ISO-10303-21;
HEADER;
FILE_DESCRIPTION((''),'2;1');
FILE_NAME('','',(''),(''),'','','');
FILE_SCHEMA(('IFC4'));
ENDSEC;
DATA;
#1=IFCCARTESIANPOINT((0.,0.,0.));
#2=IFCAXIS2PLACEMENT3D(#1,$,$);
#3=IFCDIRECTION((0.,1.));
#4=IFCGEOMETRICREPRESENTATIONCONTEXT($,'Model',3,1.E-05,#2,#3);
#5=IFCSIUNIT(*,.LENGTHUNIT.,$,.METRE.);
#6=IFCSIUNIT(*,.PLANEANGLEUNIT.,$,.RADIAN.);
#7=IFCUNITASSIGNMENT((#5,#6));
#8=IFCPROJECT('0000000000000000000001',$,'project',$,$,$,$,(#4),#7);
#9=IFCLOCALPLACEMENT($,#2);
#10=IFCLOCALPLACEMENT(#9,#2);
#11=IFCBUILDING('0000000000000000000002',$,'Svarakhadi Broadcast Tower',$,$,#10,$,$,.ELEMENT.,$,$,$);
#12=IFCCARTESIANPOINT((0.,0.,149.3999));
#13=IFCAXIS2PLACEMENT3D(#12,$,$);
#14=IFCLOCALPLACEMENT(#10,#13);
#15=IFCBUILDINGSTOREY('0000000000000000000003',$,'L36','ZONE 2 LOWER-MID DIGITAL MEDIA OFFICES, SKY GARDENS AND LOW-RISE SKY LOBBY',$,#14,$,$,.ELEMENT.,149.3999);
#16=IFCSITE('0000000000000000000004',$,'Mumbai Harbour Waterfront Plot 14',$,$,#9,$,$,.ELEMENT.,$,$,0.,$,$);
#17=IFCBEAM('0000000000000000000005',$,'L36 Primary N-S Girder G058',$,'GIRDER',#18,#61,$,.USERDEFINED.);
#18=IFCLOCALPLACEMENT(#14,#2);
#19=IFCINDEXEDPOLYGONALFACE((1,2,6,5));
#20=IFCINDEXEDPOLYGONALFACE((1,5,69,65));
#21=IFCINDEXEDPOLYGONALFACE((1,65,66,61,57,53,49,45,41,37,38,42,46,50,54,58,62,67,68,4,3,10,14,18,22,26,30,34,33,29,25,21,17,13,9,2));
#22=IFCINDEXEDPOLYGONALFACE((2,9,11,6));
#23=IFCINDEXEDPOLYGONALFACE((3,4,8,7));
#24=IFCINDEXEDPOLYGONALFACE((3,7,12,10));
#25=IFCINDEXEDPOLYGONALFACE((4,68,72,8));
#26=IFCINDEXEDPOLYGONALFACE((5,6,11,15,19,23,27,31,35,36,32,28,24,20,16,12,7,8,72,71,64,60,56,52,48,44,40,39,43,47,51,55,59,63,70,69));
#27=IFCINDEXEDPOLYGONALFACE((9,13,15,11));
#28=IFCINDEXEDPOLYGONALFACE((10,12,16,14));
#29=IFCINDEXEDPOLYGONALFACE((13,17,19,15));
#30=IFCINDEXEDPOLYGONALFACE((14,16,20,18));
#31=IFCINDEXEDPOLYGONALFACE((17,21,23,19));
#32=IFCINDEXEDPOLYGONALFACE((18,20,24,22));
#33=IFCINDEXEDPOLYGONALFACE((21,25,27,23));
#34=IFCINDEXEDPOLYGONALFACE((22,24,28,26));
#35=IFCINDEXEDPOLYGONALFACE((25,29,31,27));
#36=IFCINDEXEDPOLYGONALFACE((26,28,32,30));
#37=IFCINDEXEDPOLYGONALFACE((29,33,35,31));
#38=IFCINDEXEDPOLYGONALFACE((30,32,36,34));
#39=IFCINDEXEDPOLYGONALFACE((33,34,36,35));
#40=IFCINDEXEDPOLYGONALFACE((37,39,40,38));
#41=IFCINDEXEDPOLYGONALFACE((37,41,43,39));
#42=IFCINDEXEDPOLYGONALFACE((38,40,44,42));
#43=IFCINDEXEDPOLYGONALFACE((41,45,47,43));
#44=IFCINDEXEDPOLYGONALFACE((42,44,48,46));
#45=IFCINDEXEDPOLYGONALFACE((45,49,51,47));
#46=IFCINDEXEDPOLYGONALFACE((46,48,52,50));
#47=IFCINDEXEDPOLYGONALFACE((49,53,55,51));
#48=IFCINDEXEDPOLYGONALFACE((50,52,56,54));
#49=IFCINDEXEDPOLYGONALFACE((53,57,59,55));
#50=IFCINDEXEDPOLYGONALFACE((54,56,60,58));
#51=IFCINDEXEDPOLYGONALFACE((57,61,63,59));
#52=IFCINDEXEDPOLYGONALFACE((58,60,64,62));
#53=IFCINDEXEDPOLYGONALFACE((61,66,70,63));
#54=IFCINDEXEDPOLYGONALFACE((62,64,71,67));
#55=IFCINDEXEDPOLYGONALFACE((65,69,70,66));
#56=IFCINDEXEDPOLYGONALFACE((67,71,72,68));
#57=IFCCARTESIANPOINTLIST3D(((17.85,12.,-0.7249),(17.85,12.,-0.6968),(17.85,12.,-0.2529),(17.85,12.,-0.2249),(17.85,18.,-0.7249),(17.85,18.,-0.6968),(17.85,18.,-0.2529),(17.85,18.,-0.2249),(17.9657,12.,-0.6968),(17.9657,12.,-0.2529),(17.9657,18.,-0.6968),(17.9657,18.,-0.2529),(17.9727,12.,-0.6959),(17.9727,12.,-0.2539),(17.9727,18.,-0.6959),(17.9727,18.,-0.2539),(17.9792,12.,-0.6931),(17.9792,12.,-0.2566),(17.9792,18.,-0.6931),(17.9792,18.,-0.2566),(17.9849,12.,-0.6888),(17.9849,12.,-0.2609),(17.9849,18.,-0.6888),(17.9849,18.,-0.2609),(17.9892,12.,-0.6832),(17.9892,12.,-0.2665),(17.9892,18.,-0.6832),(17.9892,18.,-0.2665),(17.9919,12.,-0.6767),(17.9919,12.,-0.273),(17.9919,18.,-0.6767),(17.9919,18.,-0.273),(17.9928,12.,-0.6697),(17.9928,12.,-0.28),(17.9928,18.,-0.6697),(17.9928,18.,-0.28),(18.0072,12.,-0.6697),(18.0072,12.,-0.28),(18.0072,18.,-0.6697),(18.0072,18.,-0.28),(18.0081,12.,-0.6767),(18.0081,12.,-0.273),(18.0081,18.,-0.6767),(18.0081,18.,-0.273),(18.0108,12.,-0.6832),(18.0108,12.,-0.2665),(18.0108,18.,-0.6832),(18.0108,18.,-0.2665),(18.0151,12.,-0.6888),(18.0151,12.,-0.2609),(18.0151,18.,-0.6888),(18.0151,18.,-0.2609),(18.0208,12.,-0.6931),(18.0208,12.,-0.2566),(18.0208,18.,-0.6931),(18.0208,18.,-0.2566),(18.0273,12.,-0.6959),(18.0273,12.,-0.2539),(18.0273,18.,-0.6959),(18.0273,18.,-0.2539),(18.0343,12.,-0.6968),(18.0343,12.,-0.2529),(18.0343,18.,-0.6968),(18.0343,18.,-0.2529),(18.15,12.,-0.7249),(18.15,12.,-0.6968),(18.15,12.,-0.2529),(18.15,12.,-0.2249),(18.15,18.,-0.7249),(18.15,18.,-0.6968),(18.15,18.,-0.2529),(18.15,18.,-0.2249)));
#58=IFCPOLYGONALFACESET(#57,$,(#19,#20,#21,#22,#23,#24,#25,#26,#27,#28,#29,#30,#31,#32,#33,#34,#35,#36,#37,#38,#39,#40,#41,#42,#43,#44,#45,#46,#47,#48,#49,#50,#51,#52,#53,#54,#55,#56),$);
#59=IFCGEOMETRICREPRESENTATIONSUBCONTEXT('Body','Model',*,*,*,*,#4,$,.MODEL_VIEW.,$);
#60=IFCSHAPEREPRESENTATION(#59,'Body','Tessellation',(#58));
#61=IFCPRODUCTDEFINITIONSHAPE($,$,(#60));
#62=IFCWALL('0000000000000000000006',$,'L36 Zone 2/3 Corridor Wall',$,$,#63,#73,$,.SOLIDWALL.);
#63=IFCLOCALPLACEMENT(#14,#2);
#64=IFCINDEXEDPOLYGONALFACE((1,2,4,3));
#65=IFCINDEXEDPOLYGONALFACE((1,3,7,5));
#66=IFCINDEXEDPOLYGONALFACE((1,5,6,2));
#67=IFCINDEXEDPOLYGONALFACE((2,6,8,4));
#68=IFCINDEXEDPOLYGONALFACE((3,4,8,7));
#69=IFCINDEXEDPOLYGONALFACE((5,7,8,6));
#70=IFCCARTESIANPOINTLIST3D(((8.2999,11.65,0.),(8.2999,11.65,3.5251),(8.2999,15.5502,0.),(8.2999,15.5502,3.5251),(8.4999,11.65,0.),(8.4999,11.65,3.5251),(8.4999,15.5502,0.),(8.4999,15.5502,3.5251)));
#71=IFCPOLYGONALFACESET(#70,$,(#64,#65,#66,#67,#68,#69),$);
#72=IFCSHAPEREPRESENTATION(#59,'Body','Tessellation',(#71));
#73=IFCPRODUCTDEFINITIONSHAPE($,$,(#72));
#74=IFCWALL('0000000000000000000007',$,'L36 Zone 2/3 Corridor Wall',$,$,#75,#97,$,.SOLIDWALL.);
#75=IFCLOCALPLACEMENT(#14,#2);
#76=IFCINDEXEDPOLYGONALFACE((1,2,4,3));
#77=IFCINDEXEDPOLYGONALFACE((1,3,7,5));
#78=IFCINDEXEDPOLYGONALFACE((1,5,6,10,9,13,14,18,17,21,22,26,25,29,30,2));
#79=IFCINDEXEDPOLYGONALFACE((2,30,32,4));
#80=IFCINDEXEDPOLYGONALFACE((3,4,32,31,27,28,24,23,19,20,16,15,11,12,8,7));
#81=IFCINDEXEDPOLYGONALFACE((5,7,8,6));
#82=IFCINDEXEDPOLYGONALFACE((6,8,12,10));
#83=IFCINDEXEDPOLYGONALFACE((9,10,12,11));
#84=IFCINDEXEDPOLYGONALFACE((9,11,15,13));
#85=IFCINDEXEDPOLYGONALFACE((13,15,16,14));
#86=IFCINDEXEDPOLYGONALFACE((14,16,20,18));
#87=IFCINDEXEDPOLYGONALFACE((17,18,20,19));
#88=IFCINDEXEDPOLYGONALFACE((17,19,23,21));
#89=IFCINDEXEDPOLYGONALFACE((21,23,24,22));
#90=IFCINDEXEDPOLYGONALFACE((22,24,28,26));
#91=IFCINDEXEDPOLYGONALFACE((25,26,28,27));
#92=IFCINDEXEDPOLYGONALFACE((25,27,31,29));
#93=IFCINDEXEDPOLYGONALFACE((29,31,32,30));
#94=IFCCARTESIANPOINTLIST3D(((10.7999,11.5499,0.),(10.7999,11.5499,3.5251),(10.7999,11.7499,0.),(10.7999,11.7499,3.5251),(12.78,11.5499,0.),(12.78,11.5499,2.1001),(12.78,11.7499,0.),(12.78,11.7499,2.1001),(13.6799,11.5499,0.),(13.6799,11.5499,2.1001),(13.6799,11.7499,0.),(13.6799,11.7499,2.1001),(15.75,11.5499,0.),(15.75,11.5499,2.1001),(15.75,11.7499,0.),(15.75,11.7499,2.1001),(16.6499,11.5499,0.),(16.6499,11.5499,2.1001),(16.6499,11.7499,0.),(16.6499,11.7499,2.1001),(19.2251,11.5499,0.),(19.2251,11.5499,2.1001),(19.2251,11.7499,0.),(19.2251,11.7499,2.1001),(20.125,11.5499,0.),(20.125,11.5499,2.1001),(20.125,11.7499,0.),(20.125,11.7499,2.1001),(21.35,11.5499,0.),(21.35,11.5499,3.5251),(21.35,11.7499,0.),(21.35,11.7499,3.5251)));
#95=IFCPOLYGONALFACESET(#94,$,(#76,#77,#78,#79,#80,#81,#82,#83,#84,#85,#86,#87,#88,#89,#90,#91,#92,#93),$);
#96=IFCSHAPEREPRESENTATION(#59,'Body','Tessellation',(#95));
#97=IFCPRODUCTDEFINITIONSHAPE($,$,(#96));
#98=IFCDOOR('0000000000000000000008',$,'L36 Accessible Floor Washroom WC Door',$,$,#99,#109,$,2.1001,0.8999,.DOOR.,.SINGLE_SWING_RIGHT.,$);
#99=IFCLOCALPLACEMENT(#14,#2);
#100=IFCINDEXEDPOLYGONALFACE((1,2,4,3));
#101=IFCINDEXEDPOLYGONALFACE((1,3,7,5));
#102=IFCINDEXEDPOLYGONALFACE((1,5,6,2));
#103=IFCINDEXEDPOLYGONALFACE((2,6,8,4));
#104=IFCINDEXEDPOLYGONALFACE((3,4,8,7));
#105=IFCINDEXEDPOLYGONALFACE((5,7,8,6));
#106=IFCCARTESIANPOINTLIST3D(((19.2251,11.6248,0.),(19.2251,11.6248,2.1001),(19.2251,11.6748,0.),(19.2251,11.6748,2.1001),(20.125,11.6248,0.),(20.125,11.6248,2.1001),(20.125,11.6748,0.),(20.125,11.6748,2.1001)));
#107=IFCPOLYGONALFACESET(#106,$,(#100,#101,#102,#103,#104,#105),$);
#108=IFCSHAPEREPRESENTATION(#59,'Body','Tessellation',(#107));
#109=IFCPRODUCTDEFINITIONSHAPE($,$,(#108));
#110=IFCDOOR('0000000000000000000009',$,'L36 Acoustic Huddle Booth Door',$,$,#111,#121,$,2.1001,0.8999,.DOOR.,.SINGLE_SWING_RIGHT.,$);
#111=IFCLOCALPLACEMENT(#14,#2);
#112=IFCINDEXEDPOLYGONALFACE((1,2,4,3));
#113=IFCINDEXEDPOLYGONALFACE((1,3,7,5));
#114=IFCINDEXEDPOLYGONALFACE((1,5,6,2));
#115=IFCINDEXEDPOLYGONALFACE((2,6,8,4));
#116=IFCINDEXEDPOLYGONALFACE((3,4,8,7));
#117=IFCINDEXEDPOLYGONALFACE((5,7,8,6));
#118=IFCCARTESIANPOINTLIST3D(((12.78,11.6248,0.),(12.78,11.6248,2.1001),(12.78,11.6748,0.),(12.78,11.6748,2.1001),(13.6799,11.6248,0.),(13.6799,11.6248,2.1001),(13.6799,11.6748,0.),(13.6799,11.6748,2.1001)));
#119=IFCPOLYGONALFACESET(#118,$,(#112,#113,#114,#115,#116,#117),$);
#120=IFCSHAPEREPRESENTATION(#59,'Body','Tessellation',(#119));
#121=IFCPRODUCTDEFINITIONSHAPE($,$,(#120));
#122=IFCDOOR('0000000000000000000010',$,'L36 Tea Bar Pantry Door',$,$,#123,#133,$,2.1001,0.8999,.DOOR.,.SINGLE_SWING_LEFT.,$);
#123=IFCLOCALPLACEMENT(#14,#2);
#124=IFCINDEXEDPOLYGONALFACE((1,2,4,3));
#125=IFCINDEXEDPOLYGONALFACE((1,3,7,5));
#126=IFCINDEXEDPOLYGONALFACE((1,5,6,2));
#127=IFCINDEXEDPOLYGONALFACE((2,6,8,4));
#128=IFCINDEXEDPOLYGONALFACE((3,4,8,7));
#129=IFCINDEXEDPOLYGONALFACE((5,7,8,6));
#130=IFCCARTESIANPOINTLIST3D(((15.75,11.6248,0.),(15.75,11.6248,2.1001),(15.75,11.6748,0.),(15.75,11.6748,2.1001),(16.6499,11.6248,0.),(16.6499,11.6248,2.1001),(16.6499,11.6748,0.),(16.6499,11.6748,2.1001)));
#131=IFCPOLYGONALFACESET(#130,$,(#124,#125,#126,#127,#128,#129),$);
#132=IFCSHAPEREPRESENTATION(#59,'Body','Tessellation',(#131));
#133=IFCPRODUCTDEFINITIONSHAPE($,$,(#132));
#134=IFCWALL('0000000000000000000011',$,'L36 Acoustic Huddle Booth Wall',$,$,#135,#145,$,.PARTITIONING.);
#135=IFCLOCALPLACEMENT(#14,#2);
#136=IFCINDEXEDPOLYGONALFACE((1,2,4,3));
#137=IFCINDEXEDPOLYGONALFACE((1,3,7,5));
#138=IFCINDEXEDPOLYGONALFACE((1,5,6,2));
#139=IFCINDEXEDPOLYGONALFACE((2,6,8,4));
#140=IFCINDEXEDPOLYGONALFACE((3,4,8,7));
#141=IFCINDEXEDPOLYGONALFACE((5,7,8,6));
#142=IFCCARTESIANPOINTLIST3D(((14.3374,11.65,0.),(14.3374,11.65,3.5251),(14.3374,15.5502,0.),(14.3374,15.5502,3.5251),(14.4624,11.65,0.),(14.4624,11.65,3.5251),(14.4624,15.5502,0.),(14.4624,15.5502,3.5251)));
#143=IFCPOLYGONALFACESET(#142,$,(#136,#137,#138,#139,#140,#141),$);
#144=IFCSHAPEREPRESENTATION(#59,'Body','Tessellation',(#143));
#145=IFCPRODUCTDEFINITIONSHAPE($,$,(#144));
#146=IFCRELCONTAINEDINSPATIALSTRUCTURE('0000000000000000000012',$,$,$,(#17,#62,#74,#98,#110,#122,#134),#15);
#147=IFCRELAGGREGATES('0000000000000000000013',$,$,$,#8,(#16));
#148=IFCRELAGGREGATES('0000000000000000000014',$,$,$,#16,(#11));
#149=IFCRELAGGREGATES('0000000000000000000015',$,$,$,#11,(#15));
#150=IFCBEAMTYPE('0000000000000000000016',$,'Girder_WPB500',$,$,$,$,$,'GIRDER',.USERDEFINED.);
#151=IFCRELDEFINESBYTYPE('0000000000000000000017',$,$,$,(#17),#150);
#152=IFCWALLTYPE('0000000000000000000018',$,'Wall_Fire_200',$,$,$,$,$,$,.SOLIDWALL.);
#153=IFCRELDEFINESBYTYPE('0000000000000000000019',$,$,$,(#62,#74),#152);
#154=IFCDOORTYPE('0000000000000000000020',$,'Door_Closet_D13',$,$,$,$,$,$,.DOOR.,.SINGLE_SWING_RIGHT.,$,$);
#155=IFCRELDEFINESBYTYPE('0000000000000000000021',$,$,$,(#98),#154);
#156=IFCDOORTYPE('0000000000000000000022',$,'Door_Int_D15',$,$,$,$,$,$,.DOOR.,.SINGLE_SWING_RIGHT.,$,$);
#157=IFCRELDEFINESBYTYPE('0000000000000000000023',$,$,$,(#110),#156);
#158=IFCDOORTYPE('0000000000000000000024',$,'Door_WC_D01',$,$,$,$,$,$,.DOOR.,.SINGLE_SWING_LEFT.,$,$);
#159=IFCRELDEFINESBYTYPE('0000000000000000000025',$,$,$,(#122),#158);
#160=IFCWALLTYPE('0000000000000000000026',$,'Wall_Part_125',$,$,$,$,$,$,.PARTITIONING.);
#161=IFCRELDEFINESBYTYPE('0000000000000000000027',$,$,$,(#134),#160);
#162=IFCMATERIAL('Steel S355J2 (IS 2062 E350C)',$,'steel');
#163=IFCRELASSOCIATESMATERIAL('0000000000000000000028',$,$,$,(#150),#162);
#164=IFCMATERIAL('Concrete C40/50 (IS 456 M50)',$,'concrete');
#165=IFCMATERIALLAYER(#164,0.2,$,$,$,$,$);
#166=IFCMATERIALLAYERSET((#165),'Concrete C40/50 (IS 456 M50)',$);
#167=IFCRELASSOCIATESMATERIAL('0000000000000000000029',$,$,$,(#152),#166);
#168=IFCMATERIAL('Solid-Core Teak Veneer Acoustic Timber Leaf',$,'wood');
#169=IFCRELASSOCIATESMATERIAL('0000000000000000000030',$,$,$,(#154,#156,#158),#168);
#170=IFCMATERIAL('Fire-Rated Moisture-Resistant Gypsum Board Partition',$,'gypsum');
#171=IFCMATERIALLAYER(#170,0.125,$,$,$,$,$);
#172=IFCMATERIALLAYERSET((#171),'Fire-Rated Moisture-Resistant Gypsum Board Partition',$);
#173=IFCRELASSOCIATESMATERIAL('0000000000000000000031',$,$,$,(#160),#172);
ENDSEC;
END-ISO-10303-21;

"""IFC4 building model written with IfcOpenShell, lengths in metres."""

from ifc_helpers import new_model, si_unit, direction, frame, frame_2d, origin, origin_2d, place, context, subcontext, project, spatial, rectangle, i_section, extrude, material, layer, layer_set, material_profile, profile_set, type_object, element, fill, save


model = new_model("IFC4")

# Units and contexts
model_context = context("Model", 3, precision=1e-05, world=origin(), true_north=direction((0.0, 1.0)))
body_context = subcontext(model_context, "Body", "Model", "MODEL_VIEW")
ifc_project = project(units=[si_unit("LENGTHUNIT", "METRE"), si_unit("PLANEANGLEUNIT", "RADIAN")], contexts=[model_context])

# Site, building, storey
site_placement = place(None, origin())
site = spatial("IfcSite", under=ifc_project, at=site_placement, Name="Mumbai Harbour Waterfront Plot 14", CompositionType="ELEMENT", RefElevation=0.0)
building_placement = place(site_placement, origin())
building = spatial("IfcBuilding", under=site, at=building_placement, Name="Svarakhadi Broadcast Tower", CompositionType="ELEMENT")
storey_placement = place(building_placement, frame((0.0, 0.0, 149.3999)))
storey = spatial("IfcBuildingStorey", under=building, at=storey_placement, Name="L36", Description="ZONE 2 LOWER-MID DIGITAL MEDIA OFFICES, SKY GARDENS AND LOW-RISE SKY LOBBY", CompositionType="ELEMENT", Elevation=149.3999)

# Beam
ifc_material_1 = material(Name="Steel S355J2 (IS 2062 E350C)", Category="steel")
ifc_material_profile_1 = material_profile(ifc_material_1, i_section(OverallWidth=0.3, OverallDepth=0.5, WebThickness=0.0144, FlangeThickness=0.0281, FilletRadius=0.0271, at=origin_2d()), Name="WPB 500x300x187")
ifc_profile_set_1 = profile_set([ifc_material_profile_1], Name="Steel S355J2 (IS 2062 E350C)")
beam_type_1 = type_object("IfcBeamType", Name="Girder_WPB500", ElementType="GIRDER", PredefinedType="USERDEFINED", material=ifc_profile_set_1)
for number, where, z_axis, x_axis, name in (
    (1, (18.0, 12.0, -0.4749), (0.0, 1.0, 0.0), (-1.0, 0.0, 0.0), "L36 Primary N-S Girder G058"),
):
    element("IfcBeam", number, at=place(storey_placement, frame(where, z_axis=z_axis, x_axis=x_axis)), inside=storey, type_object=beam_type_1, Name=name, ObjectType="GIRDER", PredefinedType="USERDEFINED", context=body_context, shape_type="SweptSolid", body=[
        extrude(i_section(OverallWidth=0.3, OverallDepth=0.5, WebThickness=0.0144, FlangeThickness=0.0281, FilletRadius=0.0271, at=origin_2d()), origin(), (0.0, 0.0, 1.0), 6.0),
    ])

# Wall
ifc_material_2 = material(Name="Concrete C40/50 (IS 456 M50)", Category="concrete")
ifc_layer_1 = layer(ifc_material_2, 0.2)
ifc_layer_set_1 = layer_set([ifc_layer_1], Name="Concrete C40/50 (IS 456 M50)")
wall_type_1 = type_object("IfcWallType", Name="Wall_Fire_200", PredefinedType="SOLIDWALL", material=ifc_layer_set_1)
wall_1_placement = place(storey_placement, frame((8.3999, 11.6499, 0.0), z_axis=(0.0, 0.0, 1.0), x_axis=(0.0, 1.0, 0.0)))
element("IfcWall", 2, at=wall_1_placement, inside=storey, type_object=wall_type_1, Name="L36 Zone 2/3 Corridor Wall", PredefinedType="SOLIDWALL", context=body_context, shape_type="SweptSolid", body=[
    extrude(rectangle(XDim=3.9001, YDim=0.2, at=frame_2d((1.9502, 0.0))), origin(), (0.0, 0.0, 1.0), 3.5251),
])

# Wall, openings, doors
wall_2_placement = place(storey_placement, frame((10.8, 11.6499, 0.0), z_axis=(0.0, 0.0, 1.0), x_axis=(1.0, 0.0, 0.0)))
wall_2 = element("IfcWall", 3, at=wall_2_placement, inside=storey, type_object=wall_type_1, Name="L36 Zone 2/3 Corridor Wall", PredefinedType="SOLIDWALL", context=body_context, shape_type="SweptSolid", body=[
    extrude(rectangle(XDim=10.55, YDim=0.2, at=frame_2d((5.2749, 0.0))), origin(), (0.0, 0.0, 1.0), 3.5251),
])
opening_1_placement = place(wall_2_placement, frame((1.98, 0.0, 0.0)))
opening_1 = element("IfcOpeningElement", 4, at=opening_1_placement, cuts=wall_2, PredefinedType="OPENING", context=body_context, shape_type="SweptSolid", body=[
    extrude(rectangle(XDim=0.8999, YDim=2.1001, at=frame_2d((0.45, 1.05))), frame((0.0, 0.1099, 0.0), z_axis=(0.0, -1.0, 0.0), x_axis=(1.0, 0.0, 0.0)), (0.0, 0.0, 1.0), 0.22),
])
opening_2_placement = place(wall_2_placement, frame((4.95, 0.0, 0.0)))
opening_2 = element("IfcOpeningElement", 5, at=opening_2_placement, cuts=wall_2, PredefinedType="OPENING", context=body_context, shape_type="SweptSolid", body=[
    extrude(rectangle(XDim=0.8999, YDim=2.1001, at=frame_2d((0.45, 1.05))), frame((0.0, 0.1099, 0.0), z_axis=(0.0, -1.0, 0.0), x_axis=(1.0, 0.0, 0.0)), (0.0, 0.0, 1.0), 0.22),
])
opening_3_placement = place(wall_2_placement, frame((8.425, 0.0, 0.0)))
opening_3 = element("IfcOpeningElement", 6, at=opening_3_placement, cuts=wall_2, PredefinedType="OPENING", context=body_context, shape_type="SweptSolid", body=[
    extrude(rectangle(XDim=0.8999, YDim=2.1001, at=frame_2d((0.45, 1.05))), frame((0.0, 0.1099, 0.0), z_axis=(0.0, -1.0, 0.0), x_axis=(1.0, 0.0, 0.0)), (0.0, 0.0, 1.0), 0.22),
])
ifc_material_3 = material(Name="Solid-Core Teak Veneer Acoustic Timber Leaf", Category="wood")
door_type_1 = type_object("IfcDoorType", Name="Door_Closet_D13", OperationType="SINGLE_SWING_RIGHT", PredefinedType="DOOR", material=ifc_material_3)
door_1_placement = place(opening_3_placement, origin())
door_1 = element("IfcDoor", 7, at=door_1_placement, inside=storey, type_object=door_type_1, Name="L36 Accessible Floor Washroom WC Door", OperationType="SINGLE_SWING_RIGHT", OverallHeight=2.1001, OverallWidth=0.8999, PredefinedType="DOOR", context=body_context, shape_type="SweptSolid", body=[
    extrude(rectangle(XDim=0.8999, YDim=2.1001, at=frame_2d((0.45, 1.05))), frame((0.0, 0.0249, 0.0), z_axis=(0.0, -1.0, 0.0), x_axis=(1.0, 0.0, 0.0)), (0.0, 0.0, 1.0), 0.05),
])
fill(opening_3, door_1)
door_type_2 = type_object("IfcDoorType", Name="Door_Int_D15", OperationType="SINGLE_SWING_RIGHT", PredefinedType="DOOR", material=ifc_material_3)
door_2_placement = place(opening_1_placement, origin())
door_2 = element("IfcDoor", 8, at=door_2_placement, inside=storey, type_object=door_type_2, Name="L36 Acoustic Huddle Booth Door", OperationType="SINGLE_SWING_RIGHT", OverallHeight=2.1001, OverallWidth=0.8999, PredefinedType="DOOR", context=body_context, shape_type="SweptSolid", body=[
    extrude(rectangle(XDim=0.8999, YDim=2.1001, at=frame_2d((0.45, 1.05))), frame((0.0, 0.0249, 0.0), z_axis=(0.0, -1.0, 0.0), x_axis=(1.0, 0.0, 0.0)), (0.0, 0.0, 1.0), 0.05),
])
fill(opening_1, door_2)
door_type_3 = type_object("IfcDoorType", Name="Door_WC_D01", OperationType="SINGLE_SWING_LEFT", PredefinedType="DOOR", material=ifc_material_3)
door_3_placement = place(opening_2_placement, origin())
door_3 = element("IfcDoor", 9, at=door_3_placement, inside=storey, type_object=door_type_3, Name="L36 Tea Bar Pantry Door", OperationType="SINGLE_SWING_LEFT", OverallHeight=2.1001, OverallWidth=0.8999, PredefinedType="DOOR", context=body_context, shape_type="SweptSolid", body=[
    extrude(rectangle(XDim=0.8999, YDim=2.1001, at=frame_2d((0.45, 1.05))), frame((0.0, 0.0249, 0.0), z_axis=(0.0, -1.0, 0.0), x_axis=(1.0, 0.0, 0.0)), (0.0, 0.0, 1.0), 0.05),
])
fill(opening_2, door_3)

# Wall
ifc_material_4 = material(Name="Fire-Rated Moisture-Resistant Gypsum Board Partition", Category="gypsum")
ifc_layer_2 = layer(ifc_material_4, 0.125)
ifc_layer_set_2 = layer_set([ifc_layer_2], Name="Fire-Rated Moisture-Resistant Gypsum Board Partition")
wall_type_2 = type_object("IfcWallType", Name="Wall_Part_125", PredefinedType="PARTITIONING", material=ifc_layer_set_2)
wall_3_placement = place(storey_placement, frame((14.3999, 11.6499, 0.0), z_axis=(0.0, 0.0, 1.0), x_axis=(0.0, 1.0, 0.0)))
element("IfcWall", 10, at=wall_3_placement, inside=storey, type_object=wall_type_2, Name="L36 Acoustic Huddle Booth Wall", PredefinedType="PARTITIONING", context=body_context, shape_type="SweptSolid", body=[
    extrude(rectangle(XDim=3.9001, YDim=0.125, at=frame_2d((1.9502, 0.0))), origin(), (0.0, 0.0, 1.0), 3.5251),
])

save(model, "model.ifc")
